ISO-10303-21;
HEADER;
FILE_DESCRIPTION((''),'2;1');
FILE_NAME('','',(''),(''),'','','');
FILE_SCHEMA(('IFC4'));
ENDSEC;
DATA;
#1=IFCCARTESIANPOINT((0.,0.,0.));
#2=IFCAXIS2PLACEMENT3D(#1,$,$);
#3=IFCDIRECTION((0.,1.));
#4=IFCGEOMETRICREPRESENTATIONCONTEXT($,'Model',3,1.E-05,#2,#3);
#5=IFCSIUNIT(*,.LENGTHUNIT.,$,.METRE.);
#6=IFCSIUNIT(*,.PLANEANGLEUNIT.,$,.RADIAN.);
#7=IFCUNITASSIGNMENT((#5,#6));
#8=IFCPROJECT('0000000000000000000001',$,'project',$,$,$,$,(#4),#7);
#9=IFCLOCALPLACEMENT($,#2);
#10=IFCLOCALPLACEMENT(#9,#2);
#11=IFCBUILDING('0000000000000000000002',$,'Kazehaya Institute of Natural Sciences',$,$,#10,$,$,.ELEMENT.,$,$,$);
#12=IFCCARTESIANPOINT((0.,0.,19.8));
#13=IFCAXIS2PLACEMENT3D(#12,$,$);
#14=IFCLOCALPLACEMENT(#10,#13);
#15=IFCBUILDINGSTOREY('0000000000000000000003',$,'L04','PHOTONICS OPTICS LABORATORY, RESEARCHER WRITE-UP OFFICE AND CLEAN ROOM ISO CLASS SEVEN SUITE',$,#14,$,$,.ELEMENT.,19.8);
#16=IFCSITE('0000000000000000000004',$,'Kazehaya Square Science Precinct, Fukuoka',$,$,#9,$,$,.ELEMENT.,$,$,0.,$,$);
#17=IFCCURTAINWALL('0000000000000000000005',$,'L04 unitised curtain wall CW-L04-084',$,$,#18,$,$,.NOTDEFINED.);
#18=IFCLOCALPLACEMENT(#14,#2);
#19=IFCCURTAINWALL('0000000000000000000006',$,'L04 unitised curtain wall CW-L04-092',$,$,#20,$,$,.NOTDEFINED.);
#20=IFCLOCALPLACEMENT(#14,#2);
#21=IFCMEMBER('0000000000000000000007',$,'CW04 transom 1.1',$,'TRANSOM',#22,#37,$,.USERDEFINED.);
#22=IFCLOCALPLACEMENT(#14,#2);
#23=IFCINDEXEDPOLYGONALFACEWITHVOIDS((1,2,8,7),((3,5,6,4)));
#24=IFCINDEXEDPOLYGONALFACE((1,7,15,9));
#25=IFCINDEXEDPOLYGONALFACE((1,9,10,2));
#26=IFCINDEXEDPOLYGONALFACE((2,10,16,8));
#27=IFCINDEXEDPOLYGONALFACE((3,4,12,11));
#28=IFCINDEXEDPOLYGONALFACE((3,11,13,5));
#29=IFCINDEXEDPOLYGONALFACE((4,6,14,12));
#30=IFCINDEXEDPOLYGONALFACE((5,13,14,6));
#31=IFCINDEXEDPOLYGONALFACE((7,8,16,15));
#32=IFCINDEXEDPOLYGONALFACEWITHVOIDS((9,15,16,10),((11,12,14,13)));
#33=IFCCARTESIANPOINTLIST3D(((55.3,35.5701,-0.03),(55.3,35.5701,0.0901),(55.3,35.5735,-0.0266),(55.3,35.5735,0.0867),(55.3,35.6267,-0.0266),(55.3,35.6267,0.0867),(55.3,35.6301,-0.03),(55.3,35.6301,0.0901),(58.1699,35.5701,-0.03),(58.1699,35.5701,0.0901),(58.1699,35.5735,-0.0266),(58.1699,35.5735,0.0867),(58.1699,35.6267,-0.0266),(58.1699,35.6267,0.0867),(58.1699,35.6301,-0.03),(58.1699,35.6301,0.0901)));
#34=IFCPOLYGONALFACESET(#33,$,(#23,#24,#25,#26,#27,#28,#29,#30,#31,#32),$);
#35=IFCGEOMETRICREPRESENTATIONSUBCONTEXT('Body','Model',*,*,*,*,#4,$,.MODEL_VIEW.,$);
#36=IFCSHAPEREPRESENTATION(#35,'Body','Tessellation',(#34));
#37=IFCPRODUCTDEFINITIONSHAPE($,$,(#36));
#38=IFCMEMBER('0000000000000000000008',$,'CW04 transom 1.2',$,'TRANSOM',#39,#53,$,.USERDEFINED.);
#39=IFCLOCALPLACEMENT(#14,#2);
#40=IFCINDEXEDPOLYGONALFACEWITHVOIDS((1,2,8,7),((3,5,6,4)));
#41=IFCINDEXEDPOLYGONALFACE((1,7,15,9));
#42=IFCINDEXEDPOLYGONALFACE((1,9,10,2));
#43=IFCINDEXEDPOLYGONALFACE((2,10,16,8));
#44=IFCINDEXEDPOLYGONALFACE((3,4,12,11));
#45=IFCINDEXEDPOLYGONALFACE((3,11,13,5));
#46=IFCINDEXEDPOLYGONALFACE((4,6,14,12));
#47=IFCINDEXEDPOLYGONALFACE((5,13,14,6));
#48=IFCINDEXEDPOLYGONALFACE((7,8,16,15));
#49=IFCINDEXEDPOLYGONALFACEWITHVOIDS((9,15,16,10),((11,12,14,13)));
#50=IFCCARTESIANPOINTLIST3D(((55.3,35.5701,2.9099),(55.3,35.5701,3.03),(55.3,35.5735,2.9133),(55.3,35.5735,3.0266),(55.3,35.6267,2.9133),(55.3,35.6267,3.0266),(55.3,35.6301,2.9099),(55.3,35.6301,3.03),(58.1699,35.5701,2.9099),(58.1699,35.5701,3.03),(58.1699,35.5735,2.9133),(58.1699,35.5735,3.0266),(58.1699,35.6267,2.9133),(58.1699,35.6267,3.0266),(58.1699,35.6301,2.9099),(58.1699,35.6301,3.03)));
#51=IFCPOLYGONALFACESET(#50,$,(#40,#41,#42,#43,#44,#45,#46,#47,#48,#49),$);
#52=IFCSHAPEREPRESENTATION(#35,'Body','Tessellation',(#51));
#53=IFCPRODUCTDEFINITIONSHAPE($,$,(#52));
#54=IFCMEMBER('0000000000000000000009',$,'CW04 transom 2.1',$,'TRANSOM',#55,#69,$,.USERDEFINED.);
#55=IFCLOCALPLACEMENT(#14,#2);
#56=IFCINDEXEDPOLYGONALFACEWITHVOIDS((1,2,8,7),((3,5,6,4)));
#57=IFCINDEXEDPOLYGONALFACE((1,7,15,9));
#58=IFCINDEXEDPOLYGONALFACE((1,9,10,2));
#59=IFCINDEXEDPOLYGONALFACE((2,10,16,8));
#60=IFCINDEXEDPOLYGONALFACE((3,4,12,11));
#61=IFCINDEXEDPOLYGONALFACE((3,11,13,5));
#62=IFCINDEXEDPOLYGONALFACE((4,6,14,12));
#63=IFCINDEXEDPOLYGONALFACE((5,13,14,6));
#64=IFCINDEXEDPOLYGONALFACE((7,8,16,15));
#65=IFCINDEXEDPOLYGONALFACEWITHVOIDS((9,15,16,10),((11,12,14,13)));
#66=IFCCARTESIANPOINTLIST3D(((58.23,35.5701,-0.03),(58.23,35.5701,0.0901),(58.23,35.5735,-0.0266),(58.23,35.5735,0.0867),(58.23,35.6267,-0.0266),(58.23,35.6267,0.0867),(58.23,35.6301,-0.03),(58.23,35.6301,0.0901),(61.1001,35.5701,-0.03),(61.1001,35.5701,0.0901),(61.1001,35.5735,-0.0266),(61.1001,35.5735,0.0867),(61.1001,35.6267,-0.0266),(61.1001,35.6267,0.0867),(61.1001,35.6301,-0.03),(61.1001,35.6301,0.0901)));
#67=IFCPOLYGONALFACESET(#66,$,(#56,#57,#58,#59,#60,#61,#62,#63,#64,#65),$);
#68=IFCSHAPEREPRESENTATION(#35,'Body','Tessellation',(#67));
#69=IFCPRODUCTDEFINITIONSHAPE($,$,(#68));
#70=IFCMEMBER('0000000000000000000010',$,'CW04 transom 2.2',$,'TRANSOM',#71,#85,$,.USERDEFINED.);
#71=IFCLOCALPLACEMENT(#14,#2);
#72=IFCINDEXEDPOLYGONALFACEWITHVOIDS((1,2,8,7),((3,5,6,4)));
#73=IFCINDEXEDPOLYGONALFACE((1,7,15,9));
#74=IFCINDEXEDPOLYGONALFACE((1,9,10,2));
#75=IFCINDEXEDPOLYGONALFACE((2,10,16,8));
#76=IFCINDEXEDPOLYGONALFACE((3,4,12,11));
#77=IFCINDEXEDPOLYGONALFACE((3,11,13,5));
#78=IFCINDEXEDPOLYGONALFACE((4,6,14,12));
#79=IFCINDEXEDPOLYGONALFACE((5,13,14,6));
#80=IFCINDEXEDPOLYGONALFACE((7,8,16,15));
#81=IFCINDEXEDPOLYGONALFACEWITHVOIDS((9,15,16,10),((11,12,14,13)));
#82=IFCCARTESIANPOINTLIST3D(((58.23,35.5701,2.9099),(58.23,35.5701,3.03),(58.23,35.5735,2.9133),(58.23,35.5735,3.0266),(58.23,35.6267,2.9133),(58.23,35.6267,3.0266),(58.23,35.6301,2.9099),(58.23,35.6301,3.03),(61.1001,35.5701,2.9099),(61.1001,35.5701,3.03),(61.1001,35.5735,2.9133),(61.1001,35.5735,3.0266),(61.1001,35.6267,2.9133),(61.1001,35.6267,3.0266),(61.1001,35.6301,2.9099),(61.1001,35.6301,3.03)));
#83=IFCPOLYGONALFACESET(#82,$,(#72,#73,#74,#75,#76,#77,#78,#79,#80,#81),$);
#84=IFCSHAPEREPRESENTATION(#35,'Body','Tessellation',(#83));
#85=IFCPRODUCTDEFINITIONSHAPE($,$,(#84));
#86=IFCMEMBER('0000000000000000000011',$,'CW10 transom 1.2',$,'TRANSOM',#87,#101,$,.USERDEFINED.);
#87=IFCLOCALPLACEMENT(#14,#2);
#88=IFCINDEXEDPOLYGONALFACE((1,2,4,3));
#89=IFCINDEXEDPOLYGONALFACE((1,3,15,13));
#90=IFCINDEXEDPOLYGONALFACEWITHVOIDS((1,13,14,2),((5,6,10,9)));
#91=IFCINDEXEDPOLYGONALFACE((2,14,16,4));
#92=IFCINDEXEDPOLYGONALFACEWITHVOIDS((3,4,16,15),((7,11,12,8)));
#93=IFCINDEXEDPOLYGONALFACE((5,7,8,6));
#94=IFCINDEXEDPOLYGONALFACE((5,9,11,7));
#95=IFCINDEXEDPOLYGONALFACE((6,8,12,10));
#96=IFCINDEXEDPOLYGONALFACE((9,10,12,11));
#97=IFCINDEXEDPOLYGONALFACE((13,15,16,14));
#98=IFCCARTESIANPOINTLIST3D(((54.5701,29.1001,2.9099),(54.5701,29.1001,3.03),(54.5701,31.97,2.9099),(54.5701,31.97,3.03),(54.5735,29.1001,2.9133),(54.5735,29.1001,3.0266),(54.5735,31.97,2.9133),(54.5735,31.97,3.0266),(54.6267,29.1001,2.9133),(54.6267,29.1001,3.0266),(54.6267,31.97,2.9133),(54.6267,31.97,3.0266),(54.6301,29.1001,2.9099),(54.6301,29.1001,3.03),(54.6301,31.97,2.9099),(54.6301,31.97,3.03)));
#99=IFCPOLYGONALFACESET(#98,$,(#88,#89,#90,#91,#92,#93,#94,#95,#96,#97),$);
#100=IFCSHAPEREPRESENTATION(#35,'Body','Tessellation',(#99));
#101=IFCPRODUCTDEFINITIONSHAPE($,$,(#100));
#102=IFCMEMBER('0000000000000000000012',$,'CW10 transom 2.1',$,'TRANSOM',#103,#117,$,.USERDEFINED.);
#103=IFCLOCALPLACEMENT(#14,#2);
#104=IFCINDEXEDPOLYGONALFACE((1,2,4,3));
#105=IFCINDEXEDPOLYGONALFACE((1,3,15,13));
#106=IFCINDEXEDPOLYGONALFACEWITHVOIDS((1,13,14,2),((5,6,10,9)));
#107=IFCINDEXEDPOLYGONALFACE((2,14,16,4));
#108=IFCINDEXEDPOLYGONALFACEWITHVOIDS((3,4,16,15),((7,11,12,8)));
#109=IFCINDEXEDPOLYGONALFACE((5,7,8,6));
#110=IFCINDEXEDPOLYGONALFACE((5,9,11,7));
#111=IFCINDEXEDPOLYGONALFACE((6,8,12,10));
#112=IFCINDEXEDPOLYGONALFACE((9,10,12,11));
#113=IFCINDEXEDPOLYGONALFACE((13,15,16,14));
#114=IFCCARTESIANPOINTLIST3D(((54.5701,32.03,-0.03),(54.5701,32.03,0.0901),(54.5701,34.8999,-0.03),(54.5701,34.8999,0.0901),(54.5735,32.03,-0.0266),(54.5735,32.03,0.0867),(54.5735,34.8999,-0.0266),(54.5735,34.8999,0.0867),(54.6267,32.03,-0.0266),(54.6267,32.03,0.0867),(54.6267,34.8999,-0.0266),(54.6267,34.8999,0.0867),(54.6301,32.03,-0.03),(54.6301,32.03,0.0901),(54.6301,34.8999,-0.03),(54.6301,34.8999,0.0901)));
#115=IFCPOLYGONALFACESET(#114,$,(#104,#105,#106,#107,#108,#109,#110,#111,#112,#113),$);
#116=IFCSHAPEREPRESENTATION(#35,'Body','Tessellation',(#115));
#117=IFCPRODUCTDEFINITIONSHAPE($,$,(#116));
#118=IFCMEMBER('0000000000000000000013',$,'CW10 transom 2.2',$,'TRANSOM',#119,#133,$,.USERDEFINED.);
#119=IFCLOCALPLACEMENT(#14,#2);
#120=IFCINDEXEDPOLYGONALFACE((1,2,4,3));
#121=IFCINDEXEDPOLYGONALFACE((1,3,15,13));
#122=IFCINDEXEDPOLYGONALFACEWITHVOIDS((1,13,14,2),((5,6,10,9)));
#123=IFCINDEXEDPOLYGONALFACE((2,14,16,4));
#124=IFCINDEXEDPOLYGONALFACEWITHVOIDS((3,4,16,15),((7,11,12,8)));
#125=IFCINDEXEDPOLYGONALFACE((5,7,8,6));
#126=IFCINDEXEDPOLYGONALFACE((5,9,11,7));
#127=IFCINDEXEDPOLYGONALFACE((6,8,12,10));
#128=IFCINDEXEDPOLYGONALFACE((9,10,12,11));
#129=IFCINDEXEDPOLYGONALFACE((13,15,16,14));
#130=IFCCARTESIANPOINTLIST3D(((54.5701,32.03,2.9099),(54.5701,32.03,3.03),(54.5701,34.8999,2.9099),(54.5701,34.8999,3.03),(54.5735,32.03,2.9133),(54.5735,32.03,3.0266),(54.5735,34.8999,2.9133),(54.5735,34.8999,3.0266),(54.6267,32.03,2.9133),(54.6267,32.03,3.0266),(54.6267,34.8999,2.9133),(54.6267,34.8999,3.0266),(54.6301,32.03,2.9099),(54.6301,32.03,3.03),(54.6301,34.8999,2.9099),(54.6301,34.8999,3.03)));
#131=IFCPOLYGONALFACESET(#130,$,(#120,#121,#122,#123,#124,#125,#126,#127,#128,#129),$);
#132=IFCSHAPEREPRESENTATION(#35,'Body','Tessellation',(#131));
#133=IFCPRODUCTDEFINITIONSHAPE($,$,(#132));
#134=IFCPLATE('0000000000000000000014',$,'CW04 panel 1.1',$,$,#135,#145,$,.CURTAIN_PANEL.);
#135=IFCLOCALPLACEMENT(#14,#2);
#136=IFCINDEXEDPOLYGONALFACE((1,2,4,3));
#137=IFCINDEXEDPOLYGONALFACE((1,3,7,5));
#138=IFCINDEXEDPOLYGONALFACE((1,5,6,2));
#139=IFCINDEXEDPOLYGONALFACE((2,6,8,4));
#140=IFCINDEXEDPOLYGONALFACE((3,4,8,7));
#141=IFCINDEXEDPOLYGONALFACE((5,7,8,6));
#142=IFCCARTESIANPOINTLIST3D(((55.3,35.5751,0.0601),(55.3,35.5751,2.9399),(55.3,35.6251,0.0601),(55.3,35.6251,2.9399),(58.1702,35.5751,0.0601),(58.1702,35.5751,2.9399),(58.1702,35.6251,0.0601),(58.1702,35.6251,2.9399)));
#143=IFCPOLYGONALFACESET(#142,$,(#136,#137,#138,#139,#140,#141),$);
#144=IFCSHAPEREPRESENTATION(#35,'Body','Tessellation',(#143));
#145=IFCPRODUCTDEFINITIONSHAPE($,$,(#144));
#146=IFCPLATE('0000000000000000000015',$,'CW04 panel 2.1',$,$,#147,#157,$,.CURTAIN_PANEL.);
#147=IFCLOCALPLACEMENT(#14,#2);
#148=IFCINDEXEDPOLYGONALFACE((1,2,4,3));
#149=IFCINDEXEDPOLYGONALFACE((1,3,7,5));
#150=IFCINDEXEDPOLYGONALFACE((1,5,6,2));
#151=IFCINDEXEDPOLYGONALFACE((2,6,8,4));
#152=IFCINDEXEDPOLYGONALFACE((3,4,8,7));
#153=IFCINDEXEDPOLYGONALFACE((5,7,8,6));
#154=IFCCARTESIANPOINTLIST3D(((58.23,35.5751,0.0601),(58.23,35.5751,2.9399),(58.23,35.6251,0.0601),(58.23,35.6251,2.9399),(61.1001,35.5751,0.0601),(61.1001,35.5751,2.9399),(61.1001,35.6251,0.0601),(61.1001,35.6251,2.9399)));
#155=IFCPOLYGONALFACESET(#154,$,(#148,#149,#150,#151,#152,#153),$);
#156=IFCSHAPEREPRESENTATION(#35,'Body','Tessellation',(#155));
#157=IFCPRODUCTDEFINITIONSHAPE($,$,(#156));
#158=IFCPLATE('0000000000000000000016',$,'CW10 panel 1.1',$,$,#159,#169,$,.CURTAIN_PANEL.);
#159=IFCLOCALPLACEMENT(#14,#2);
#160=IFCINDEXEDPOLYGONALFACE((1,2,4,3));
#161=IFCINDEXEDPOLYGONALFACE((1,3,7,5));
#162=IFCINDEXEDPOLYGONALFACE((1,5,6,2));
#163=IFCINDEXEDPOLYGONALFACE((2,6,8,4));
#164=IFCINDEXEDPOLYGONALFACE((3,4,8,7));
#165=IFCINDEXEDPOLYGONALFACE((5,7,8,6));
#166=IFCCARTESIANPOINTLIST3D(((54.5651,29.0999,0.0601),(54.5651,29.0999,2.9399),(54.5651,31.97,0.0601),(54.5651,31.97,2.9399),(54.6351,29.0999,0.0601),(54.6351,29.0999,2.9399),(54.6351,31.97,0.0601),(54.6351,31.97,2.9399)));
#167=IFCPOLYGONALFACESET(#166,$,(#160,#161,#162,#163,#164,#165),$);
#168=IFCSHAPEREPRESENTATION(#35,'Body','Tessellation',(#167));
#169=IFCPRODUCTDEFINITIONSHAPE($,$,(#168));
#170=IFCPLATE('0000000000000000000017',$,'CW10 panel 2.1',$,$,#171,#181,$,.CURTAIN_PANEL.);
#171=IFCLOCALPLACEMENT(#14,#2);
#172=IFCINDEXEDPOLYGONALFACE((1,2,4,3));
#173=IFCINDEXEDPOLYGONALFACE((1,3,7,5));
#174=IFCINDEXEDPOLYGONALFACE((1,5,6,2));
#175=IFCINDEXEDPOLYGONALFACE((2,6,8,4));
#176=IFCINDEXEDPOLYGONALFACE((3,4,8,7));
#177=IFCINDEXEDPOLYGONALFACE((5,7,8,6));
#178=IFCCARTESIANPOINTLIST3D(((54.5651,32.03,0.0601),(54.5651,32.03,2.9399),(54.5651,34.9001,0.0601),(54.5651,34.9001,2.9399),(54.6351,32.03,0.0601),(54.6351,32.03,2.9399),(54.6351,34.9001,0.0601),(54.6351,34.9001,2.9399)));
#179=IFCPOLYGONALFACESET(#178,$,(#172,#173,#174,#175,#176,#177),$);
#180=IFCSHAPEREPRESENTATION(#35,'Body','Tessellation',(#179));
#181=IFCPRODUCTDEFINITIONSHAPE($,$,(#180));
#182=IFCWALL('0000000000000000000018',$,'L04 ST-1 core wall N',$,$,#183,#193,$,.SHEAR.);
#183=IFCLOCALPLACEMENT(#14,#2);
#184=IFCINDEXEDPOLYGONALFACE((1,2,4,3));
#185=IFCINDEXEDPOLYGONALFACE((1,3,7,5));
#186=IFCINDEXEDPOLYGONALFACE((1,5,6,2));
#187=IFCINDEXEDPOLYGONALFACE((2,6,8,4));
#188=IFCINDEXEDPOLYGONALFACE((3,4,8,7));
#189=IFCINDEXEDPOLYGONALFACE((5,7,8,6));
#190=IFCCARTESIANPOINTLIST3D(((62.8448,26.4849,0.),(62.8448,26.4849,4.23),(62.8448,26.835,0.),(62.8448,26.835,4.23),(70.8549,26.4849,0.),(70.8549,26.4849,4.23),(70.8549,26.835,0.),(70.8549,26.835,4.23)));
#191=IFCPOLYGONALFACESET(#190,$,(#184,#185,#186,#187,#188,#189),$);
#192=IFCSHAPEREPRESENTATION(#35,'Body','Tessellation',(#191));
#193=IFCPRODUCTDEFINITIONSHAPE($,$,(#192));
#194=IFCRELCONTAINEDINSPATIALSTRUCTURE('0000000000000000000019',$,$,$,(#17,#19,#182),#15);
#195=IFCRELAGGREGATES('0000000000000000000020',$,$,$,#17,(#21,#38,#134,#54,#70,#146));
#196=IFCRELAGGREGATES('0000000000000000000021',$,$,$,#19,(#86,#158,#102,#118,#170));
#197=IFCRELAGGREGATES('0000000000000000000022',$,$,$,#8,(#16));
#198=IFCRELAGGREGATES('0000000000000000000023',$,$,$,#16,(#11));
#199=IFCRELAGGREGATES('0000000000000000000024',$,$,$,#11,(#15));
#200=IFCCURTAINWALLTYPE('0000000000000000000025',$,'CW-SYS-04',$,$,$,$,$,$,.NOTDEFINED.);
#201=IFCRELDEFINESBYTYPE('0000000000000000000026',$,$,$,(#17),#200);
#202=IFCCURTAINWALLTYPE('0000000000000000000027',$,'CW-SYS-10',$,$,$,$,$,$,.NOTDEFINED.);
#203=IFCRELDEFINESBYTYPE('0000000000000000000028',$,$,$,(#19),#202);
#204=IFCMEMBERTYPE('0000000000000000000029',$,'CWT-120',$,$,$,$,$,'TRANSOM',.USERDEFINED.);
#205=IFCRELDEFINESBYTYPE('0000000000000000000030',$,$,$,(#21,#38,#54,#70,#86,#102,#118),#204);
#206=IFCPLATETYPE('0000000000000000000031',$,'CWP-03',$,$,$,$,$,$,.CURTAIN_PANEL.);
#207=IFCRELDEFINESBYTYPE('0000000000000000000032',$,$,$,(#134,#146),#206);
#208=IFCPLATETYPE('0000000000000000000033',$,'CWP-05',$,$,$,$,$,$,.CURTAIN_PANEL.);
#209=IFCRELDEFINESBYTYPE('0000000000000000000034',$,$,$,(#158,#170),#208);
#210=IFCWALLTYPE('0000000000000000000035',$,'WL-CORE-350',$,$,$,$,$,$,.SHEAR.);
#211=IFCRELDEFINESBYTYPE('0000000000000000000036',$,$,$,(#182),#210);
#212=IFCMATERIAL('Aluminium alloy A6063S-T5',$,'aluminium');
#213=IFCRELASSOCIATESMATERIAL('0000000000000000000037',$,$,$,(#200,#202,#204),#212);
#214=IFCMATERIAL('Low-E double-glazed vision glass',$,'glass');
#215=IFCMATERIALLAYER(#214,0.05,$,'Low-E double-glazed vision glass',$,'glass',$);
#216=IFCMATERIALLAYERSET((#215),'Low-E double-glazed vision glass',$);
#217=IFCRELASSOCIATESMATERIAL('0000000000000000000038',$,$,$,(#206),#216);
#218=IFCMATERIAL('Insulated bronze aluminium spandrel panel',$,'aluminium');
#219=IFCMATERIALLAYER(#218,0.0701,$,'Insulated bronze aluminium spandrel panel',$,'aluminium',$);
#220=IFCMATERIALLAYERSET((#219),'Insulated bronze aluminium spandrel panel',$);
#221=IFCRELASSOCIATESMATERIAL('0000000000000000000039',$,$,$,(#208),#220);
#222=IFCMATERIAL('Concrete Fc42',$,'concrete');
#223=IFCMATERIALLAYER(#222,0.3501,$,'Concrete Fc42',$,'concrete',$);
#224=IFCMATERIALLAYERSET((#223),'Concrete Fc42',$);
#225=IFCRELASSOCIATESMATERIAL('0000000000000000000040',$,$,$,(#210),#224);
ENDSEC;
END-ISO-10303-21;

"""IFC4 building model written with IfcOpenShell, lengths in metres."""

from ifc_helpers import new_model, si_unit, direction, frame, frame_2d, origin, origin_2d, place, context, subcontext, project, spatial, rectangle, hollow_rectangle, extrude, material, layer, layer_set, material_profile, profile_set, type_object, element, aggregate, save


model = new_model("IFC4")

# Units and contexts
model_context = context("Model", 3, precision=1e-05, world=origin(), true_north=direction((0.0, 1.0)))
body_context = subcontext(model_context, "Body", "Model", "MODEL_VIEW")
ifc_project = project(units=[si_unit("LENGTHUNIT", "METRE"), si_unit("PLANEANGLEUNIT", "RADIAN")], contexts=[model_context])

# Site, building, storey
site_placement = place(None, origin())
site = spatial("IfcSite", under=ifc_project, at=site_placement, Name="Kazehaya Square Science Precinct, Fukuoka", CompositionType="ELEMENT", RefElevation=0.0)
building_placement = place(site_placement, origin())
building = spatial("IfcBuilding", under=site, at=building_placement, Name="Kazehaya Institute of Natural Sciences", CompositionType="ELEMENT")
storey_placement = place(building_placement, frame((0.0, 0.0, 19.8)))
storey = spatial("IfcBuildingStorey", under=building, at=storey_placement, Name="L04", Description="PHOTONICS OPTICS LABORATORY, RESEARCHER WRITE-UP OFFICE AND CLEAN ROOM ISO CLASS SEVEN SUITE", CompositionType="ELEMENT", Elevation=19.8)

# Shared definitions
ifc_material_1 = material(Name="Concrete Fc42", Category="concrete")

# Curtain walls
ifc_material_2 = material(Name="Aluminium alloy A6063S-T5", Category="aluminium")
curtain_wall_type_1 = type_object("IfcCurtainWallType", Name="CW-SYS-04", PredefinedType="NOTDEFINED", material=ifc_material_2)
curtain_wall_1_placement = place(storey_placement, origin())
curtain_wall_1 = element("IfcCurtainWall", 1, at=curtain_wall_1_placement, inside=storey, type_object=curtain_wall_type_1, Name="L04 unitised curtain wall CW-L04-084", PredefinedType="NOTDEFINED")
curtain_wall_type_2 = type_object("IfcCurtainWallType", Name="CW-SYS-10", PredefinedType="NOTDEFINED", material=ifc_material_2)
curtain_wall_2_placement = place(storey_placement, origin())
curtain_wall_2 = element("IfcCurtainWall", 2, at=curtain_wall_2_placement, inside=storey, type_object=curtain_wall_type_2, Name="L04 unitised curtain wall CW-L04-092", PredefinedType="NOTDEFINED")

# Members
ifc_material_profile_1 = material_profile(ifc_material_2, hollow_rectangle(XDim=0.0601, YDim=0.1201, WallThickness=0.0034, at=origin_2d()), Name="ALU-60x120x3.5")
ifc_profile_set_1 = profile_set([ifc_material_profile_1], Name="Aluminium alloy A6063S-T5")
member_type_1 = type_object("IfcMemberType", Name="CWT-120", ElementType="TRANSOM", PredefinedType="USERDEFINED", material=ifc_profile_set_1)
member_1_placement = place(storey_placement, frame((55.3, 35.6001, 0.03), z_axis=(1.0, 0.0, 0.0), x_axis=(0.0, 1.0, 0.0)))
member_1 = element("IfcMember", 3, at=member_1_placement, type_object=member_type_1, Name="CW04 transom 1.1", ObjectType="TRANSOM", PredefinedType="USERDEFINED", context=body_context, shape_type="SweptSolid", body=[
    extrude(hollow_rectangle(XDim=0.0601, YDim=0.1201, WallThickness=0.0034, at=origin_2d()), origin(), (0.0, 0.0, 1.0), 2.8699),
])
member_2_placement = place(storey_placement, frame((55.3, 35.6001, 2.97), z_axis=(1.0, 0.0, 0.0), x_axis=(0.0, 1.0, 0.0)))
member_2 = element("IfcMember", 4, at=member_2_placement, type_object=member_type_1, Name="CW04 transom 1.2", ObjectType="TRANSOM", PredefinedType="USERDEFINED", context=body_context, shape_type="SweptSolid", body=[
    extrude(hollow_rectangle(XDim=0.0601, YDim=0.1201, WallThickness=0.0034, at=origin_2d()), origin(), (0.0, 0.0, 1.0), 2.8699),
])
member_3_placement = place(storey_placement, frame((58.23, 35.6001, 0.03), z_axis=(1.0, 0.0, 0.0), x_axis=(0.0, 1.0, 0.0)))
member_3 = element("IfcMember", 5, at=member_3_placement, type_object=member_type_1, Name="CW04 transom 2.1", ObjectType="TRANSOM", PredefinedType="USERDEFINED", context=body_context, shape_type="SweptSolid", body=[
    extrude(hollow_rectangle(XDim=0.0601, YDim=0.1201, WallThickness=0.0034, at=origin_2d()), origin(), (0.0, 0.0, 1.0), 2.8701),
])
member_4_placement = place(storey_placement, frame((58.23, 35.6001, 2.97), z_axis=(1.0, 0.0, 0.0), x_axis=(0.0, 1.0, 0.0)))
member_4 = element("IfcMember", 6, at=member_4_placement, type_object=member_type_1, Name="CW04 transom 2.2", ObjectType="TRANSOM", PredefinedType="USERDEFINED", context=body_context, shape_type="SweptSolid", body=[
    extrude(hollow_rectangle(XDim=0.0601, YDim=0.1201, WallThickness=0.0034, at=origin_2d()), origin(), (0.0, 0.0, 1.0), 2.8701),
])
member_5_placement = place(storey_placement, frame((54.6001, 29.1001, 2.97), z_axis=(0.0, 1.0, 0.0), x_axis=(-1.0, 0.0, 0.0)))
member_5 = element("IfcMember", 7, at=member_5_placement, type_object=member_type_1, Name="CW10 transom 1.2", ObjectType="TRANSOM", PredefinedType="USERDEFINED", context=body_context, shape_type="SweptSolid", body=[
    extrude(hollow_rectangle(XDim=0.0601, YDim=0.1201, WallThickness=0.0034, at=origin_2d()), origin(), (0.0, 0.0, 1.0), 2.8699),
])
member_6_placement = place(storey_placement, frame((54.6001, 32.03, 0.03), z_axis=(0.0, 1.0, 0.0), x_axis=(-1.0, 0.0, 0.0)))
member_6 = element("IfcMember", 8, at=member_6_placement, type_object=member_type_1, Name="CW10 transom 2.1", ObjectType="TRANSOM", PredefinedType="USERDEFINED", context=body_context, shape_type="SweptSolid", body=[
    extrude(hollow_rectangle(XDim=0.0601, YDim=0.1201, WallThickness=0.0034, at=origin_2d()), origin(), (0.0, 0.0, 1.0), 2.8699),
])
member_7_placement = place(storey_placement, frame((54.6001, 32.03, 2.97), z_axis=(0.0, 1.0, 0.0), x_axis=(-1.0, 0.0, 0.0)))
member_7 = element("IfcMember", 9, at=member_7_placement, type_object=member_type_1, Name="CW10 transom 2.2", ObjectType="TRANSOM", PredefinedType="USERDEFINED", context=body_context, shape_type="SweptSolid", body=[
    extrude(hollow_rectangle(XDim=0.0601, YDim=0.1201, WallThickness=0.0034, at=origin_2d()), origin(), (0.0, 0.0, 1.0), 2.8699),
])

# Plates
ifc_material_3 = material(Name="Low-E double-glazed vision glass", Category="glass")
ifc_layer_1 = layer(ifc_material_3, 0.05, Name="Low-E double-glazed vision glass", Category="glass")
ifc_layer_set_1 = layer_set([ifc_layer_1], Name="Low-E double-glazed vision glass")
plate_type_1 = type_object("IfcPlateType", Name="CWP-03", PredefinedType="CURTAIN_PANEL", material=ifc_layer_set_1)
plate_1_placement = place(storey_placement, frame((56.7351, 35.6001, 0.0601), z_axis=(0.0, 0.0, 1.0), x_axis=(1.0, 0.0, 0.0)))
plate_1 = element("IfcPlate", 10, at=plate_1_placement, type_object=plate_type_1, Name="CW04 panel 1.1", PredefinedType="CURTAIN_PANEL", context=body_context, shape_type="SweptSolid", body=[
    extrude(rectangle(XDim=2.8701, YDim=0.05, at=origin_2d()), origin(), (0.0, 0.0, 1.0), 2.8799),
])
plate_2_placement = place(storey_placement, frame((59.665, 35.6001, 0.0601), z_axis=(0.0, 0.0, 1.0), x_axis=(1.0, 0.0, 0.0)))
plate_2 = element("IfcPlate", 11, at=plate_2_placement, type_object=plate_type_1, Name="CW04 panel 2.1", PredefinedType="CURTAIN_PANEL", context=body_context, shape_type="SweptSolid", body=[
    extrude(rectangle(XDim=2.8701, YDim=0.05, at=origin_2d()), origin(), (0.0, 0.0, 1.0), 2.8799),
])
aggregate(curtain_wall_1, [member_1, member_2, plate_1, member_3, member_4, plate_2])
ifc_material_4 = material(Name="Insulated bronze aluminium spandrel panel", Category="aluminium")
ifc_layer_2 = layer(ifc_material_4, 0.0701, Name="Insulated bronze aluminium spandrel panel", Category="aluminium")
ifc_layer_set_2 = layer_set([ifc_layer_2], Name="Insulated bronze aluminium spandrel panel")
plate_type_2 = type_object("IfcPlateType", Name="CWP-05", PredefinedType="CURTAIN_PANEL", material=ifc_layer_set_2)
plate_3_placement = place(storey_placement, frame((54.6001, 30.5349, 0.0601), z_axis=(0.0, 0.0, 1.0), x_axis=(0.0, 1.0, 0.0)))
plate_3 = element("IfcPlate", 12, at=plate_3_placement, type_object=plate_type_2, Name="CW10 panel 1.1", PredefinedType="CURTAIN_PANEL", context=body_context, shape_type="SweptSolid", body=[
    extrude(rectangle(XDim=2.8701, YDim=0.0701, at=origin_2d()), origin(), (0.0, 0.0, 1.0), 2.8799),
])
plate_4_placement = place(storey_placement, frame((54.6001, 33.4651, 0.0601), z_axis=(0.0, 0.0, 1.0), x_axis=(0.0, 1.0, 0.0)))
plate_4 = element("IfcPlate", 13, at=plate_4_placement, type_object=plate_type_2, Name="CW10 panel 2.1", PredefinedType="CURTAIN_PANEL", context=body_context, shape_type="SweptSolid", body=[
    extrude(rectangle(XDim=2.8701, YDim=0.0701, at=origin_2d()), origin(), (0.0, 0.0, 1.0), 2.8799),
])
aggregate(curtain_wall_2, [member_5, plate_3, member_6, member_7, plate_4])

# Wall
ifc_layer_3 = layer(ifc_material_1, 0.3501, Name="Concrete Fc42", Category="concrete")
ifc_layer_set_3 = layer_set([ifc_layer_3], Name="Concrete Fc42")
wall_type = type_object("IfcWallType", Name="WL-CORE-350", PredefinedType="SHEAR", material=ifc_layer_set_3)
wall_1_placement = place(storey_placement, frame((62.845, 26.6599, 0.0), z_axis=(0.0, 0.0, 1.0), x_axis=(1.0, 0.0, 0.0)))
element("IfcWall", 14, at=wall_1_placement, inside=storey, type_object=wall_type, Name="L04 ST-1 core wall N", PredefinedType="SHEAR", context=body_context, shape_type="SweptSolid", body=[
    extrude(rectangle(XDim=8.01, YDim=0.3501, at=frame_2d((4.0049, 0.0))), origin(), (0.0, 0.0, 1.0), 4.23),
])

save(model, "model.ifc")
